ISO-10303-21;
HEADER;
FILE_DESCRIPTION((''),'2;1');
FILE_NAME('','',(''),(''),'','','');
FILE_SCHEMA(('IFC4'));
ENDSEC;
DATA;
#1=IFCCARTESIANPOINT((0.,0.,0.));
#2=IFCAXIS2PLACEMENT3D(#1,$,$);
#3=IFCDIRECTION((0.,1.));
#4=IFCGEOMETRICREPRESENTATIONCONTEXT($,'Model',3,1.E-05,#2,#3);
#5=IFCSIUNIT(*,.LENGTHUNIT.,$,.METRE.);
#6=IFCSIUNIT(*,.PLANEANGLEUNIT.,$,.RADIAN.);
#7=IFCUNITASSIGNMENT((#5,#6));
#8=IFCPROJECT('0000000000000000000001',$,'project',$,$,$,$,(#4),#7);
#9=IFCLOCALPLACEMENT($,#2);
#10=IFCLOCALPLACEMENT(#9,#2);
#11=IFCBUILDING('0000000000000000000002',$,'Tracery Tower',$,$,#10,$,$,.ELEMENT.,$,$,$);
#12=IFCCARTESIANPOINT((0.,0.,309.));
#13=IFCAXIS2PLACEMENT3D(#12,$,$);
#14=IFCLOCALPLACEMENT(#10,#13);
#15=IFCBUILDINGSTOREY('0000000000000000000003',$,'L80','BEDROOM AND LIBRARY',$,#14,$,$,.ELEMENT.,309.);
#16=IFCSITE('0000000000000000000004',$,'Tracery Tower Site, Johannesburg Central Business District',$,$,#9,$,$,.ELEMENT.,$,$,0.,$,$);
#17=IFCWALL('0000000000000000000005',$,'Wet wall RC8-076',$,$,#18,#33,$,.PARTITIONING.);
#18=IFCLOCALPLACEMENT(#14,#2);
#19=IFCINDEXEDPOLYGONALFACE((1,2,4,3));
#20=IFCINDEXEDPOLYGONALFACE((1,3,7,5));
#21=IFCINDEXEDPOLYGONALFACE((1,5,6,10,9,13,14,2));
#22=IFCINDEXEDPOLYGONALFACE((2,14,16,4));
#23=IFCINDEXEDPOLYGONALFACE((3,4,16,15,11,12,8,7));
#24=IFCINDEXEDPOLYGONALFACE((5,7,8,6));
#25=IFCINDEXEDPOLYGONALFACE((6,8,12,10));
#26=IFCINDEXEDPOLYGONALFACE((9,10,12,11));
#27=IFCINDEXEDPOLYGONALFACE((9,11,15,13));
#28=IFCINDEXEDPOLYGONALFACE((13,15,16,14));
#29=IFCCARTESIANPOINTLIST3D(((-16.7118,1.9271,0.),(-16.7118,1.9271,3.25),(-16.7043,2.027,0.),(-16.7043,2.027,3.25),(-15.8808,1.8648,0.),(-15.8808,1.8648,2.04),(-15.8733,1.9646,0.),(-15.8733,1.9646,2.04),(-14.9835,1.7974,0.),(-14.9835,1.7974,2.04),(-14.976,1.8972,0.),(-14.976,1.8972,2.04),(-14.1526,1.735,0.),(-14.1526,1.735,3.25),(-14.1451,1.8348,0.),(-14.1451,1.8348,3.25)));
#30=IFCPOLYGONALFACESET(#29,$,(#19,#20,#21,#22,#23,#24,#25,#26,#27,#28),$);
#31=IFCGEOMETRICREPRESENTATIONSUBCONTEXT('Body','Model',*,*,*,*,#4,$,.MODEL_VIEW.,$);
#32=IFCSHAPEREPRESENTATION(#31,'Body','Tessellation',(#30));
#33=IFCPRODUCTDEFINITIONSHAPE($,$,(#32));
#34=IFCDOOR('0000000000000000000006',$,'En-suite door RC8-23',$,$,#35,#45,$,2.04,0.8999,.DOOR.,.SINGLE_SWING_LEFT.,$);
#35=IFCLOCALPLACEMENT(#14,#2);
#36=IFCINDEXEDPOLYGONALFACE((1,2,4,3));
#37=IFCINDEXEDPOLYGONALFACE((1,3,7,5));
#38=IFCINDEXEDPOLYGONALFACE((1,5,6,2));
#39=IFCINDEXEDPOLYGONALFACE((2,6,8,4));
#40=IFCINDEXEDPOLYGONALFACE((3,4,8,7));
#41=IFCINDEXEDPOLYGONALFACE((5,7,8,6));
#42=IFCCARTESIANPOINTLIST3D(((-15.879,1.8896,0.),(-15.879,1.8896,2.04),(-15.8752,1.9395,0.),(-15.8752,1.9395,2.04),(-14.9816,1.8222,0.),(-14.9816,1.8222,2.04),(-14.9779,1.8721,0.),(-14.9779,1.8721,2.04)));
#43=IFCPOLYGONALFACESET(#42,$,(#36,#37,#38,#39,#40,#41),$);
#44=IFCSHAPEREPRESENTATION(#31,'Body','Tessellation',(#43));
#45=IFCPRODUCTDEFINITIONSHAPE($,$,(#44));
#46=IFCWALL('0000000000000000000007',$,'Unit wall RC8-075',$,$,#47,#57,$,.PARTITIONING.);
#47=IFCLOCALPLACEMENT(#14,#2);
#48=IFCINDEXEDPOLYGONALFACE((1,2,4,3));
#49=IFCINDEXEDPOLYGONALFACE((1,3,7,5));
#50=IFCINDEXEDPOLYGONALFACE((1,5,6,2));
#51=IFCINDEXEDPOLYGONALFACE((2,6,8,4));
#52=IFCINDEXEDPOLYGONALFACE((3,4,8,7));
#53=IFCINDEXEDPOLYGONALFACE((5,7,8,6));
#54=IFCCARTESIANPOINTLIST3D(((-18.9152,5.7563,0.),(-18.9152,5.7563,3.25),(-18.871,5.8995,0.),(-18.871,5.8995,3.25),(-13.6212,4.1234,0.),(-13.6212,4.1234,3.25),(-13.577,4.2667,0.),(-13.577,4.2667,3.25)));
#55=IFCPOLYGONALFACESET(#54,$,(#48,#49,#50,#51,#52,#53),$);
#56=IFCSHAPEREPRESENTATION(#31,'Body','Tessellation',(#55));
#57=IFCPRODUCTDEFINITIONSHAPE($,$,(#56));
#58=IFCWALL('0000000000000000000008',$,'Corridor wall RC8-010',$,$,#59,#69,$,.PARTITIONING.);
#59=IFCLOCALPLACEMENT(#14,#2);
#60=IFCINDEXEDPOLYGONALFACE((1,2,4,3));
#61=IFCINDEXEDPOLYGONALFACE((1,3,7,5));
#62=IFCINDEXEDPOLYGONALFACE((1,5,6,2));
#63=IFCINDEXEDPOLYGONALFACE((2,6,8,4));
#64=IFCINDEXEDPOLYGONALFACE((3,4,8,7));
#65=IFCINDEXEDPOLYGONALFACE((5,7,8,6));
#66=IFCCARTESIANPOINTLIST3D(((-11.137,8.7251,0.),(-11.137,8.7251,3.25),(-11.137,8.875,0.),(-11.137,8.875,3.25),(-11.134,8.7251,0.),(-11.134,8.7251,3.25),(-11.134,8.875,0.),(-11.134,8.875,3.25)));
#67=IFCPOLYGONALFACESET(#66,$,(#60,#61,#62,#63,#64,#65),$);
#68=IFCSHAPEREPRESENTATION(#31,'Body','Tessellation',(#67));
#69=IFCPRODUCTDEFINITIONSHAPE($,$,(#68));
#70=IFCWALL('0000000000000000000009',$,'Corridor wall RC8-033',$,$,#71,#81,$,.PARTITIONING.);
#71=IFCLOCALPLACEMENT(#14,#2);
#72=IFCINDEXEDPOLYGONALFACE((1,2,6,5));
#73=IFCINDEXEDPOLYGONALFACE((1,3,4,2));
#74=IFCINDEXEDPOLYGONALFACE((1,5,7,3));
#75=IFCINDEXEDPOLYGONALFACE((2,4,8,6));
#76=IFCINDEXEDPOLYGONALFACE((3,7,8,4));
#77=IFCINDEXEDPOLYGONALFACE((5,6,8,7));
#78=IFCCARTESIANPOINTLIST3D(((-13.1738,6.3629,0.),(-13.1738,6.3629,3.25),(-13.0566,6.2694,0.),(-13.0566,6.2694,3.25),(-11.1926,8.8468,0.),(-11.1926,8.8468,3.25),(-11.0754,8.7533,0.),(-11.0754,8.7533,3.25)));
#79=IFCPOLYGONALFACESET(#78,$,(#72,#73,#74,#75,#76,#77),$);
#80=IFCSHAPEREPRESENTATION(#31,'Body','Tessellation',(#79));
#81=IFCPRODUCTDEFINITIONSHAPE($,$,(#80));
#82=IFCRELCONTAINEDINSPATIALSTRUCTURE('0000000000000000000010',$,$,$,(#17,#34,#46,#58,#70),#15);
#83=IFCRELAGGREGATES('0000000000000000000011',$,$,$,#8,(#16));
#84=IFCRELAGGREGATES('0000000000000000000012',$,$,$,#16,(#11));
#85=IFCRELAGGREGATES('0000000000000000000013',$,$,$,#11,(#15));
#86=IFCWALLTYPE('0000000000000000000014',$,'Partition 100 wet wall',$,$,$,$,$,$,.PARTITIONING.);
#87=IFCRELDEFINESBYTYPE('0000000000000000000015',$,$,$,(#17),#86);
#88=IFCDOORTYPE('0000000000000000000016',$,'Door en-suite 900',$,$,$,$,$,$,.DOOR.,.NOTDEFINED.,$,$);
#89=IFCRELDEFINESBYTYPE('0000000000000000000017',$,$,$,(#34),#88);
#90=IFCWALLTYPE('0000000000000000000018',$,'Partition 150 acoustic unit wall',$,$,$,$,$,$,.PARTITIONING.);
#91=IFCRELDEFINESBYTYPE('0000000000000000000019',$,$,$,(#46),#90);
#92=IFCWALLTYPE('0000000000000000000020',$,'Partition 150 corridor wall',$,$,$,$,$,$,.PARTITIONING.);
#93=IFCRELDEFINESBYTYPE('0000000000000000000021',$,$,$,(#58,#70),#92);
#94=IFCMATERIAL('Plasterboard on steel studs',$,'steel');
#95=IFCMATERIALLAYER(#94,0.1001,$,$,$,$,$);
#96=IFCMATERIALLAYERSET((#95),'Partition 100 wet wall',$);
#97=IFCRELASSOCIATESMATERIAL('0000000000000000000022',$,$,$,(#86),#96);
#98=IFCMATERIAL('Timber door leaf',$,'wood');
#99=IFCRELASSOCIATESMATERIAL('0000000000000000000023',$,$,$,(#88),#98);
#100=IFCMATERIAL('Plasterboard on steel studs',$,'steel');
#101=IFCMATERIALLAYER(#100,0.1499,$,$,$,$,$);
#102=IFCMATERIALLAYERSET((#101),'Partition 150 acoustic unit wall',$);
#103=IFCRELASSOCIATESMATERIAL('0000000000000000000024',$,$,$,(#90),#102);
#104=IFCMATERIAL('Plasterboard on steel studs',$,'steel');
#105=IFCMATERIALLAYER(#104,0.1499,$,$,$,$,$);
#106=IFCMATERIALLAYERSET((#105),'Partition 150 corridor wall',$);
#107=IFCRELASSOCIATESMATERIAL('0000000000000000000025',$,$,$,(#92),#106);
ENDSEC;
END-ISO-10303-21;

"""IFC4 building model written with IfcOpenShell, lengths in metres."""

from ifc_helpers import new_model, si_unit, direction, frame, frame_2d, origin, place, context, subcontext, project, spatial, rectangle, extrude, material, layer, layer_set, type_object, element, fill, save


model = new_model("IFC4")

# Units and contexts
model_context = context("Model", 3, precision=1e-05, world=origin(), true_north=direction((0.0, 1.0)))
body_context = subcontext(model_context, "Body", "Model", "MODEL_VIEW")
ifc_project = project(units=[si_unit("LENGTHUNIT", "METRE"), si_unit("PLANEANGLEUNIT", "RADIAN")], contexts=[model_context])

# Site, building, storey
site_placement = place(None, origin())
site = spatial("IfcSite", under=ifc_project, at=site_placement, Name="Tracery Tower Site, Johannesburg Central Business District", CompositionType="ELEMENT", RefElevation=0.0)
building_placement = place(site_placement, origin())
building = spatial("IfcBuilding", under=site, at=building_placement, Name="Tracery Tower", CompositionType="ELEMENT")
storey_placement = place(building_placement, frame((0.0, 0.0, 309.0)))
storey = spatial("IfcBuildingStorey", under=building, at=storey_placement, Name="L80", Description="BEDROOM AND LIBRARY", CompositionType="ELEMENT", Elevation=309.0)

# Shared definitions
ifc_material_1 = material(Name="Plasterboard on steel studs", Category="steel")
ifc_layer_1 = layer(ifc_material_1, 0.1001)
ifc_layer_set_1 = layer_set([ifc_layer_1], Name="Partition 100 wet wall")
wall_type_1 = type_object("IfcWallType", Name="Partition 100 wet wall", PredefinedType="PARTITIONING", material=ifc_layer_set_1)

# Wall, opening, door
ifc_material_2 = material(Name="Timber door leaf", Category="wood")
door_type = type_object("IfcDoorType", Name="Door en-suite 900", OperationType="NOTDEFINED", PredefinedType="DOOR", material=ifc_material_2)
wall_1_placement = place(storey_placement, frame((-16.708, 1.9771, 0.0), z_axis=(0.0, 0.0, 1.0), x_axis=(0.997193, -0.07487, 0.0)))
wall_1 = element("IfcWall", 1, at=wall_1_placement, inside=storey, type_object=wall_type_1, Name="Wet wall RC8-076", PredefinedType="PARTITIONING", context=body_context, shape_type="SweptSolid", body=[
    extrude(rectangle(XDim=2.5664, YDim=0.1001, at=frame_2d((1.2832, 0.0))), origin(), (0.0, 0.0, 1.0), 3.25),
])
opening_1_placement = place(wall_1_placement, frame((0.8333, 0.0, 0.0)))
opening_1 = element("IfcOpeningElement", 2, at=opening_1_placement, cuts=wall_1, PredefinedType="OPENING", context=body_context, shape_type="SweptSolid", body=[
    extrude(rectangle(XDim=0.8999, YDim=2.04, at=frame_2d((0.45, 1.02))), frame((0.0, 0.05, 0.0), z_axis=(0.0, -1.0, 0.0), x_axis=(1.0, 0.0, 0.0)), (0.0, 0.0, 1.0), 0.1001),
])
door_1_placement = place(opening_1_placement, origin())
door_1 = element("IfcDoor", 3, at=door_1_placement, inside=storey, type_object=door_type, Name="En-suite door RC8-23", OperationType="SINGLE_SWING_LEFT", OverallHeight=2.04, OverallWidth=0.8999, PredefinedType="DOOR", context=body_context, shape_type="SweptSolid", body=[
    extrude(rectangle(XDim=0.8999, YDim=2.04, at=frame_2d((0.45, 1.02))), frame((0.0, 0.0249, 0.0), z_axis=(0.0, -1.0, 0.0), x_axis=(1.0, 0.0, 0.0)), (0.0, 0.0, 1.0), 0.05),
])
fill(opening_1, door_1)

# Walls
ifc_material_3 = material(Name="Plasterboard on steel studs", Category="steel")
ifc_layer_2 = layer(ifc_material_3, 0.1499)
ifc_layer_set_2 = layer_set([ifc_layer_2], Name="Partition 150 acoustic unit wall")
wall_type_2 = type_object("IfcWallType", Name="Partition 150 acoustic unit wall", PredefinedType="PARTITIONING", material=ifc_layer_set_2)
wall_2_placement = place(storey_placement, frame((-18.8931, 5.8279, 0.0), z_axis=(0.0, 0.0, 1.0), x_axis=(0.955581, -0.29473, 0.0)))
element("IfcWall", 4, at=wall_2_placement, inside=storey, type_object=wall_type_2, Name="Unit wall RC8-075", PredefinedType="PARTITIONING", context=body_context, shape_type="SweptSolid", body=[
    extrude(rectangle(XDim=5.54, YDim=0.1499, at=frame_2d((2.77, 0.0))), origin(), (0.0, 0.0, 1.0), 3.25),
])
ifc_material_4 = material(Name="Plasterboard on steel studs", Category="steel")
ifc_layer_3 = layer(ifc_material_4, 0.1499)
ifc_layer_set_3 = layer_set([ifc_layer_3], Name="Partition 150 corridor wall")
wall_type_3 = type_object("IfcWallType", Name="Partition 150 corridor wall", PredefinedType="PARTITIONING", material=ifc_layer_set_3)
wall_3_placement = place(storey_placement, frame((-11.134, 8.8, 0.0), z_axis=(0.0, 0.0, 1.0), x_axis=(-1.0, 0.0, 0.0)))
element("IfcWall", 5, at=wall_3_placement, inside=storey, type_object=wall_type_3, Name="Corridor wall RC8-010", PredefinedType="PARTITIONING", context=body_context, shape_type="SweptSolid", body=[
    extrude(rectangle(XDim=0.0029, YDim=0.1499, at=frame_2d((0.0015, 0.0))), origin(), (0.0, 0.0, 1.0), 3.25),
])
wall_4_placement = place(storey_placement, frame((-13.1152, 6.3162, 0.0), z_axis=(0.0, 0.0, 1.0), x_axis=(0.623561, 0.781775, 0.0)))
element("IfcWall", 6, at=wall_4_placement, inside=storey, type_object=wall_type_3, Name="Corridor wall RC8-033", PredefinedType="PARTITIONING", context=body_context, shape_type="SweptSolid", body=[
    extrude(rectangle(XDim=3.1772, YDim=0.1499, at=frame_2d((1.5886, 0.0))), origin(), (0.0, 0.0, 1.0), 3.25),
])

save(model, "model.ifc")
